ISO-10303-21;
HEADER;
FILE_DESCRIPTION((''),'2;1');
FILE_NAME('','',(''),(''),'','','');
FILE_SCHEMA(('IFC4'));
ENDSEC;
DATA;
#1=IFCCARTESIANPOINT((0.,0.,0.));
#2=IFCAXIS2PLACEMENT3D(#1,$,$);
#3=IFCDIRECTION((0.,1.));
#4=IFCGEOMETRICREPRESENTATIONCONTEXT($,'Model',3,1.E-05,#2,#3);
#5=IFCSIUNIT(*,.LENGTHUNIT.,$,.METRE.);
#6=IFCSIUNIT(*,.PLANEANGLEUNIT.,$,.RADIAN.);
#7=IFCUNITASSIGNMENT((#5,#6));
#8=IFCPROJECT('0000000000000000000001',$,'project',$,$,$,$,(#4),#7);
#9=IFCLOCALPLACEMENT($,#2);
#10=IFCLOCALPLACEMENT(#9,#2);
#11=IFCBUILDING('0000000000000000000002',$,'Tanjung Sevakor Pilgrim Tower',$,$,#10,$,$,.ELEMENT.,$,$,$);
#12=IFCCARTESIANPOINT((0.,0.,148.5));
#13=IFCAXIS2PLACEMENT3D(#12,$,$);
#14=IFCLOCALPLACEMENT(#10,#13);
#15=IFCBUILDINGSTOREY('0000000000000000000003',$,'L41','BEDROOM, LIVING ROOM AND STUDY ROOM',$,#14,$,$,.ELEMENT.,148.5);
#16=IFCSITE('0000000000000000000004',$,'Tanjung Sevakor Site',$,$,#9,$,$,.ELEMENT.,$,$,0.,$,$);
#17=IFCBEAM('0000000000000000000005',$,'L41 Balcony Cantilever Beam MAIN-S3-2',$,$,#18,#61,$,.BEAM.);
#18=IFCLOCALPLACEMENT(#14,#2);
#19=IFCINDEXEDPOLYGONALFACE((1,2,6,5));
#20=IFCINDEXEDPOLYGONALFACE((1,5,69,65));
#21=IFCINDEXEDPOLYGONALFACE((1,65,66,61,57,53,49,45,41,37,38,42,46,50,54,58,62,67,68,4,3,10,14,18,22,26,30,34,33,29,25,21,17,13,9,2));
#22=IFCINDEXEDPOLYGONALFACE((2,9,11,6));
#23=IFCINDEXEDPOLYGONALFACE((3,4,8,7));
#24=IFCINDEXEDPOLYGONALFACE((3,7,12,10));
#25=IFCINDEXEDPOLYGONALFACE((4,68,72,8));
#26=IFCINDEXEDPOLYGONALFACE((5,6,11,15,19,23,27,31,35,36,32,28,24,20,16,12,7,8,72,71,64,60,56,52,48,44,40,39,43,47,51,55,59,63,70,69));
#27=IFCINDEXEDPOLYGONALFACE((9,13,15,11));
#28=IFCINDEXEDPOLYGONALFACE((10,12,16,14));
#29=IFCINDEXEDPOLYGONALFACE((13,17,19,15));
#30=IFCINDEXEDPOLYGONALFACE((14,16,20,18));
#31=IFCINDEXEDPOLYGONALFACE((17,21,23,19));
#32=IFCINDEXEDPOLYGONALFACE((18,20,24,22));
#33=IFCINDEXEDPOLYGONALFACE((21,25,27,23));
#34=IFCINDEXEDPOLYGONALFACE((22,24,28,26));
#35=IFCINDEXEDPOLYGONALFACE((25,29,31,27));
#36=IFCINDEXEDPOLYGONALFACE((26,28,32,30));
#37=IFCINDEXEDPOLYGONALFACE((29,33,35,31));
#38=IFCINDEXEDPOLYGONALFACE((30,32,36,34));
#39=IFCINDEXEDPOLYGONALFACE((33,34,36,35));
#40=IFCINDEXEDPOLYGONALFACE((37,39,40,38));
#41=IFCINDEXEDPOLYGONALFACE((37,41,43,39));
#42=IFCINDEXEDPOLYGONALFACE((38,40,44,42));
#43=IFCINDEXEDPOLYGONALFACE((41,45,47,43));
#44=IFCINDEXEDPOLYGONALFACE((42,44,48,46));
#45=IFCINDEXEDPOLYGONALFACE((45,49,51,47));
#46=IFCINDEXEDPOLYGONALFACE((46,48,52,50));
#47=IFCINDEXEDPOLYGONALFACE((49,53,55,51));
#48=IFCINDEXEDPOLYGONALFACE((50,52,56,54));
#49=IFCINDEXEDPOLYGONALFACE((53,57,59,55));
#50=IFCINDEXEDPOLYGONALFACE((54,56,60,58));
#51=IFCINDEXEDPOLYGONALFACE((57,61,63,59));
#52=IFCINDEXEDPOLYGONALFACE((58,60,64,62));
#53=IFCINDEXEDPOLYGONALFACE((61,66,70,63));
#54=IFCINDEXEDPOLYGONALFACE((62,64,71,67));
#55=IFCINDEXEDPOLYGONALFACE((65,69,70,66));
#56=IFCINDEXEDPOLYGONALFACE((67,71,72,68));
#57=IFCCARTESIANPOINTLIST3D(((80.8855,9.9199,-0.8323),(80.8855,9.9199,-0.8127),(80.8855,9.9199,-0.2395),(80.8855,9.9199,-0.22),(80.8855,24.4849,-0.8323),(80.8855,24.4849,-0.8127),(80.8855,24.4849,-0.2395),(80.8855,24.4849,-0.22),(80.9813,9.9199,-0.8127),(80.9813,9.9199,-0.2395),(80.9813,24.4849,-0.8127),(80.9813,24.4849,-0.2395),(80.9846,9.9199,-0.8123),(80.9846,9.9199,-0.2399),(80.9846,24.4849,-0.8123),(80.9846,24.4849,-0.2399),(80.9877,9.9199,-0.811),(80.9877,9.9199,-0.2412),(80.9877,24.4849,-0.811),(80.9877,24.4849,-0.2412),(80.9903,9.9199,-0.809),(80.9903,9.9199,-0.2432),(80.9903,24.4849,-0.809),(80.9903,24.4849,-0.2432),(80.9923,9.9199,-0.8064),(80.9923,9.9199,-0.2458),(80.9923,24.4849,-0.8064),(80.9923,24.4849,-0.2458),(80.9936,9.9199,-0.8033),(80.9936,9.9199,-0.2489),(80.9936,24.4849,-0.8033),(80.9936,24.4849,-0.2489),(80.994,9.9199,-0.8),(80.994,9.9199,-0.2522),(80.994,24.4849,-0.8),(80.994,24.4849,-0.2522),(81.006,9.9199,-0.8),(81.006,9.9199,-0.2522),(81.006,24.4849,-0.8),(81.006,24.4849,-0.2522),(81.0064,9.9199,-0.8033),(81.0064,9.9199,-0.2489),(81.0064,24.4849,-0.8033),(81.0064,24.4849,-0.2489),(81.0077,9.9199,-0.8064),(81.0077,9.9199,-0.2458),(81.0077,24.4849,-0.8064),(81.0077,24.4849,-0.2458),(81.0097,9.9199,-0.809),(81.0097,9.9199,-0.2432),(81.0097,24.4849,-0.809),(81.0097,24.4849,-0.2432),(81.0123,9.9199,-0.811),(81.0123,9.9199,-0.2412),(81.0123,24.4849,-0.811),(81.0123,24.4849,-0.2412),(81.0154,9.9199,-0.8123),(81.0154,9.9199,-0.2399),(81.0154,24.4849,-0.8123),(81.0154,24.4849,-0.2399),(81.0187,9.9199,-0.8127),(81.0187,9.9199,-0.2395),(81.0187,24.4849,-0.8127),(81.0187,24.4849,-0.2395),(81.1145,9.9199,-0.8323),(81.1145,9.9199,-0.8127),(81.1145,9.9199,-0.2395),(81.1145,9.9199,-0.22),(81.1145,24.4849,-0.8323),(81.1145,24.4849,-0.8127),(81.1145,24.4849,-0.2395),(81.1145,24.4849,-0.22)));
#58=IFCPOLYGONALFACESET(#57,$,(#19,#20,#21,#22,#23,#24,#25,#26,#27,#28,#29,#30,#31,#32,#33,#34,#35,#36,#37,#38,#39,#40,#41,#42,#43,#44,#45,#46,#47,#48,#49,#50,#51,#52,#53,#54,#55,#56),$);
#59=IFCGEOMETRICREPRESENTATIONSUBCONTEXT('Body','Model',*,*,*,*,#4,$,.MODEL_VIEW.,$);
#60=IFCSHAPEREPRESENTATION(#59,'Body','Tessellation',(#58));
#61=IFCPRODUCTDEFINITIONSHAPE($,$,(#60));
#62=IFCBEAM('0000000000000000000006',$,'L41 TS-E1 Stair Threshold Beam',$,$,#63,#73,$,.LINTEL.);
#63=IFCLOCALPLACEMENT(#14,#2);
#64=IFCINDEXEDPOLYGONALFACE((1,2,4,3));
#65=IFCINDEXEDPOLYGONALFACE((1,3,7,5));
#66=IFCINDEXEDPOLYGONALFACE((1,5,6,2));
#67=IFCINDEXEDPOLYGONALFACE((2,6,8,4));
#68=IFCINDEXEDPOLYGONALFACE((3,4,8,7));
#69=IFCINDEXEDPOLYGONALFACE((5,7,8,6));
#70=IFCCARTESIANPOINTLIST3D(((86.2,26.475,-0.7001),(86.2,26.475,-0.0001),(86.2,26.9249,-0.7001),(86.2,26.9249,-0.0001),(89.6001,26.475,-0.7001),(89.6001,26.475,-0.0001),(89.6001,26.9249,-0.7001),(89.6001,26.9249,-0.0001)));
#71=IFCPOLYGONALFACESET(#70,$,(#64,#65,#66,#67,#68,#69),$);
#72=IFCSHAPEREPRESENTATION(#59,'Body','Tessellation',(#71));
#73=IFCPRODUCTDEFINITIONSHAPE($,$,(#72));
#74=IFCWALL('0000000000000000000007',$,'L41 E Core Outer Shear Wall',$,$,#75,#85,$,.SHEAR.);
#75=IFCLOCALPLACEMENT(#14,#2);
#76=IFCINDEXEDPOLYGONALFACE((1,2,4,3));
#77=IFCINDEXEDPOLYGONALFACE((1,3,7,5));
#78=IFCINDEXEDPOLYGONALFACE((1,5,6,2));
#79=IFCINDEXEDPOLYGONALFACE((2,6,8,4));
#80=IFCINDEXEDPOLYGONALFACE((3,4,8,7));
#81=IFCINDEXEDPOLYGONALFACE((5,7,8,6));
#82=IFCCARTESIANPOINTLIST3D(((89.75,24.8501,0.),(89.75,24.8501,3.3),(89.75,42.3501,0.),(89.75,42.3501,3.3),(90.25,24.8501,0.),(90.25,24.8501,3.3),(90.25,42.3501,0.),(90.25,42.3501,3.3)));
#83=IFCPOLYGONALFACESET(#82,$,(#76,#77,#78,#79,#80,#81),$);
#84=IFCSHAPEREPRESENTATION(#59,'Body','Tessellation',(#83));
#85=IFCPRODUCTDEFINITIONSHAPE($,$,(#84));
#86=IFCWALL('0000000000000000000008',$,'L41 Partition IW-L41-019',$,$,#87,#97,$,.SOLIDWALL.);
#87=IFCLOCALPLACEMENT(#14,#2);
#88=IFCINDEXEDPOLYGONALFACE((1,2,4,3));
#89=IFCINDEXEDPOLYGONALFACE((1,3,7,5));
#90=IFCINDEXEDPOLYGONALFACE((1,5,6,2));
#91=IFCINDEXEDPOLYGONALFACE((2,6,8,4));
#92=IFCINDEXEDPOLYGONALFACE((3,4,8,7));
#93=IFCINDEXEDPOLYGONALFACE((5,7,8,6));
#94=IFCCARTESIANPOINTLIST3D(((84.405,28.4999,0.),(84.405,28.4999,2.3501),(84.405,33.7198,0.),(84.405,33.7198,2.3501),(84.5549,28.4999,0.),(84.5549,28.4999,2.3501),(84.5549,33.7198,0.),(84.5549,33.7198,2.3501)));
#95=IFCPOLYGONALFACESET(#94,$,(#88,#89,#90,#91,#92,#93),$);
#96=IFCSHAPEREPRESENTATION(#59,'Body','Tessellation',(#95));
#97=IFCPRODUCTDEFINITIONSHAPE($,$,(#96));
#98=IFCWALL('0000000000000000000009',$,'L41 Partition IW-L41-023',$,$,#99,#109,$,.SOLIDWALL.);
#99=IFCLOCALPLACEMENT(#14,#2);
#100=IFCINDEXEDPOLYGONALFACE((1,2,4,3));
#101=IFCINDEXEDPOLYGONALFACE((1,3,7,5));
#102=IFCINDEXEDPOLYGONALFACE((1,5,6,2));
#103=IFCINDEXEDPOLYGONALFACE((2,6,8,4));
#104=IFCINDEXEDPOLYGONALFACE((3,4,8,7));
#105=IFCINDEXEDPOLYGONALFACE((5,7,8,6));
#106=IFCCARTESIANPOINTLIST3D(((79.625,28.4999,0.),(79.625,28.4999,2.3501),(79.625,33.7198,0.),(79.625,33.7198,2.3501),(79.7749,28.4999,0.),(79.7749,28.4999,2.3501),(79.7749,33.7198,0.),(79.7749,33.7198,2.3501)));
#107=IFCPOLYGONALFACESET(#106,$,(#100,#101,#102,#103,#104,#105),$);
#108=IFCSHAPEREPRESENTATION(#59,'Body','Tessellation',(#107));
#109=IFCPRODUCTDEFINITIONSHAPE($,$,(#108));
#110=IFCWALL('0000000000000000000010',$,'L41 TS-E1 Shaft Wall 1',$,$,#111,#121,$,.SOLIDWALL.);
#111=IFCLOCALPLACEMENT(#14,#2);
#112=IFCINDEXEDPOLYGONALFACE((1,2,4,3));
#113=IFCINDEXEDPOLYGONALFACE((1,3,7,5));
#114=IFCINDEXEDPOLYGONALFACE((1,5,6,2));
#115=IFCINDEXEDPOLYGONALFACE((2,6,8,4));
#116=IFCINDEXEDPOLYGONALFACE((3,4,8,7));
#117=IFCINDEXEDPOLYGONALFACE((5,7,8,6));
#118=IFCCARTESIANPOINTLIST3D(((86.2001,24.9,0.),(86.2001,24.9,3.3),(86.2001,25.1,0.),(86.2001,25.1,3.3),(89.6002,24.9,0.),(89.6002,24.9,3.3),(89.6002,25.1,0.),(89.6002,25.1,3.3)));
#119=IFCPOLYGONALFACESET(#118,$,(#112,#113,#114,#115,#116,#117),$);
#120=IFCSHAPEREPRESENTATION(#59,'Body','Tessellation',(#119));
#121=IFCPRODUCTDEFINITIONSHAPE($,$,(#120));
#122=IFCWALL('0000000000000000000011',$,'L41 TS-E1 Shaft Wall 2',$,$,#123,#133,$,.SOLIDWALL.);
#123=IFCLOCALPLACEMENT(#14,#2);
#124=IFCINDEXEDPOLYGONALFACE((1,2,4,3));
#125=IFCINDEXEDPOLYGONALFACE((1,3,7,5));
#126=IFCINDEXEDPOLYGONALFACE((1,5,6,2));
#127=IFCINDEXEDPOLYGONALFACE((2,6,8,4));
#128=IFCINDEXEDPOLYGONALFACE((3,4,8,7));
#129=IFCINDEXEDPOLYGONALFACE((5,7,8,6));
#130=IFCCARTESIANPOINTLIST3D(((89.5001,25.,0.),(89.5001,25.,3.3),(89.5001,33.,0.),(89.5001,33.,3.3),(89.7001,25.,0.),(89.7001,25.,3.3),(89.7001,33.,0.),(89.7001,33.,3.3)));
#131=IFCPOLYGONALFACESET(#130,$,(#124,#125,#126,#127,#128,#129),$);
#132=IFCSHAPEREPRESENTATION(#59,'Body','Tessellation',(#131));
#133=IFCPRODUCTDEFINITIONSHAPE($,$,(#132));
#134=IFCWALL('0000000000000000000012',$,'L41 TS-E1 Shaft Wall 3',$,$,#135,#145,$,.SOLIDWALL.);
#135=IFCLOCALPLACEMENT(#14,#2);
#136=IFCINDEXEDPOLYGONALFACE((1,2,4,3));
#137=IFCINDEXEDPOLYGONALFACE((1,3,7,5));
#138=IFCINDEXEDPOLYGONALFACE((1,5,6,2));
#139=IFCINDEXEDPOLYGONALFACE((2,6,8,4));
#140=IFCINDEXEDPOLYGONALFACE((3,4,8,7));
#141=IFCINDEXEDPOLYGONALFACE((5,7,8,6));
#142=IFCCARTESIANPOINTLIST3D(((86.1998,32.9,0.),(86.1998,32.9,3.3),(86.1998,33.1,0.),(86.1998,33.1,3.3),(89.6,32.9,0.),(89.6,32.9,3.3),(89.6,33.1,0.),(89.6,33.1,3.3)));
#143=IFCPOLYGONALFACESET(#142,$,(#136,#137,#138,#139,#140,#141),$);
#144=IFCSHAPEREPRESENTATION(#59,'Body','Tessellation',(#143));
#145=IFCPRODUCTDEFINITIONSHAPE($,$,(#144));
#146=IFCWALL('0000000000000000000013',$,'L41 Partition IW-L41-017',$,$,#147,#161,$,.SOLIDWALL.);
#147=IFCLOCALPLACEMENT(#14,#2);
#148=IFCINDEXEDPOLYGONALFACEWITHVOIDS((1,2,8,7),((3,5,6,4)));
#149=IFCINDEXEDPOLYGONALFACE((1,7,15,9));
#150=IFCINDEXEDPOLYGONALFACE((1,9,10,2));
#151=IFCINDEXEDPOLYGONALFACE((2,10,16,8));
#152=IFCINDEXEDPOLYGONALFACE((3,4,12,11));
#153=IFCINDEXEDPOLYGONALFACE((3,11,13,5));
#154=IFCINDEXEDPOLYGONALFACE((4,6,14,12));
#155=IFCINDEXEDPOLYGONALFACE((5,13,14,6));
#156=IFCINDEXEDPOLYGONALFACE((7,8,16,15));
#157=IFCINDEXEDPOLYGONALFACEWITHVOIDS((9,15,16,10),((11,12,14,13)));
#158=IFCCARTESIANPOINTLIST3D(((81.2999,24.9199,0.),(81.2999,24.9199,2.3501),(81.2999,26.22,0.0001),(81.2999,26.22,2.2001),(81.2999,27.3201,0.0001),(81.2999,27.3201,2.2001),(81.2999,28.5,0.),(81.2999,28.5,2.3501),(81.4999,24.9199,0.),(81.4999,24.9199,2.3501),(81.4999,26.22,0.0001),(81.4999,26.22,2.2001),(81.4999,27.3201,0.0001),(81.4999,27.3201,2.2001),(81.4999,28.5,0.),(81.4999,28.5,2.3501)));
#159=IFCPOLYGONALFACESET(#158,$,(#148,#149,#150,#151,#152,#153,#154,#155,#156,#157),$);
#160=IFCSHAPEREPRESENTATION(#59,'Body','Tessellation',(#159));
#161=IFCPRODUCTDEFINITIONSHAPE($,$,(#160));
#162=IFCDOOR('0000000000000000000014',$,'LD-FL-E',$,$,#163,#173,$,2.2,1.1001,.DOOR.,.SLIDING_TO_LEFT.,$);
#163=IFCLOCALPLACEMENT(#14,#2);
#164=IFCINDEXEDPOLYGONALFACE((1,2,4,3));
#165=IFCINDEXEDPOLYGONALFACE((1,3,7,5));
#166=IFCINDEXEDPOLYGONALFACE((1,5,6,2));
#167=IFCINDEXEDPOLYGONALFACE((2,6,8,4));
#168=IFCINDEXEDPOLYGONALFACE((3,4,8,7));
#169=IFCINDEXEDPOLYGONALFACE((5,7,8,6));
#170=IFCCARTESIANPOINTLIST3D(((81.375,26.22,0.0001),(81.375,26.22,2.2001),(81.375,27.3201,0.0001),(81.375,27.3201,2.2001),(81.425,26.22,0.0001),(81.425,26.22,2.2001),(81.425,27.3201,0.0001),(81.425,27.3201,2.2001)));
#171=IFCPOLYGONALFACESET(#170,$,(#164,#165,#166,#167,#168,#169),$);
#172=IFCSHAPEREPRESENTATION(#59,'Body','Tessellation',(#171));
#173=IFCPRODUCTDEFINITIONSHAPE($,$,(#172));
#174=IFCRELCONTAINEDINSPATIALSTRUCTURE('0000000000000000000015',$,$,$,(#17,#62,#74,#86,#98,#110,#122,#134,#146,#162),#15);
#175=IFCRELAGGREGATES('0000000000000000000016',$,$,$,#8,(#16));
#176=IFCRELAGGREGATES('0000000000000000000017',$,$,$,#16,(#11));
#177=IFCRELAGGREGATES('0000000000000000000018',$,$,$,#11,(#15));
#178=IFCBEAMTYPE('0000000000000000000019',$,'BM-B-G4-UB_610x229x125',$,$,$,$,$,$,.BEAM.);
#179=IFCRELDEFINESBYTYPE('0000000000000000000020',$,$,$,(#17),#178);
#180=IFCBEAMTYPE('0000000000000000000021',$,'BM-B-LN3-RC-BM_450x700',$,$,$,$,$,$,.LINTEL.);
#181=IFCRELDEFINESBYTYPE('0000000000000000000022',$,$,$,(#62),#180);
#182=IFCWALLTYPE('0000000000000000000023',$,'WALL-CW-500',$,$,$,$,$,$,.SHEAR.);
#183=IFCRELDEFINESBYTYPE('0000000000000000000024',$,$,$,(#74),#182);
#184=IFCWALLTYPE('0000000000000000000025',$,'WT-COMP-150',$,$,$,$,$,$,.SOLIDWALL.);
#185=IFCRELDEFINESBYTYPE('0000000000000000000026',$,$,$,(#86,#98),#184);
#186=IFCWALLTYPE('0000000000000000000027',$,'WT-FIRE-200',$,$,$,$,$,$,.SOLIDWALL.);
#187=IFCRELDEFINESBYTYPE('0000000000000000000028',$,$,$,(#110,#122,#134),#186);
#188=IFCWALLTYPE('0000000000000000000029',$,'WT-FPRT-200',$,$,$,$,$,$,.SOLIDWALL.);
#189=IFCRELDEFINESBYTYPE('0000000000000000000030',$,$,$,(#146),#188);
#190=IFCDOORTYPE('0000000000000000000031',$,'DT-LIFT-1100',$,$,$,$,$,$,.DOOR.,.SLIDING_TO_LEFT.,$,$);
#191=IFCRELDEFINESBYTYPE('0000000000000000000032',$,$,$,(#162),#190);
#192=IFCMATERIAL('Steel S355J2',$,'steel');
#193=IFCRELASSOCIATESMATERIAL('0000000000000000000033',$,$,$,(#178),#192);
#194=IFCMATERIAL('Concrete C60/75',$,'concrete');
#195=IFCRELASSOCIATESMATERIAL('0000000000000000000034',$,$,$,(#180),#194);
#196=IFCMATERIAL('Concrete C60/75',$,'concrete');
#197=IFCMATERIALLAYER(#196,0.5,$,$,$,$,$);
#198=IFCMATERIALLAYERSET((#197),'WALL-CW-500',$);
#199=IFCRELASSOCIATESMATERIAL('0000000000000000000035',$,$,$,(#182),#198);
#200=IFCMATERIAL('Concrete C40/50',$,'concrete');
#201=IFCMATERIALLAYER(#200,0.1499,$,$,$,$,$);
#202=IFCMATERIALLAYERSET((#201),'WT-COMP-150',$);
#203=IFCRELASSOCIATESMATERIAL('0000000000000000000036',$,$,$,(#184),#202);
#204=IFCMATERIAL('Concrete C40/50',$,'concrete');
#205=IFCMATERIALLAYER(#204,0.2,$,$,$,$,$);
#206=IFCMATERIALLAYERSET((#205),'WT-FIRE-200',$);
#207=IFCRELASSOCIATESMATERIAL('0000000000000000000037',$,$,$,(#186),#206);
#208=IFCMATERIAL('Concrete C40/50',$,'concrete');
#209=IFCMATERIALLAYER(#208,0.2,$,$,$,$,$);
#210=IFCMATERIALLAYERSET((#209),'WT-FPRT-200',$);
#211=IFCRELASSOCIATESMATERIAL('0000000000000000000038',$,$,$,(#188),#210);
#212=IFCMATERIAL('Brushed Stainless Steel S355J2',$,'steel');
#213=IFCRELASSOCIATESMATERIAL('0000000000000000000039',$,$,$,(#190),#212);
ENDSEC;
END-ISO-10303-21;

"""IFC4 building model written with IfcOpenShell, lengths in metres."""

from ifc_helpers import new_model, si_unit, direction, frame, frame_2d, origin, origin_2d, place, context, subcontext, project, spatial, rectangle, i_section, extrude, material, layer, layer_set, material_profile, profile_set, type_object, element, fill, save


model = new_model("IFC4")

# Units and contexts
model_context = context("Model", 3, precision=1e-05, world=origin(), true_north=direction((0.0, 1.0)))
body_context = subcontext(model_context, "Body", "Model", "MODEL_VIEW")
ifc_project = project(units=[si_unit("LENGTHUNIT", "METRE"), si_unit("PLANEANGLEUNIT", "RADIAN")], contexts=[model_context])

# Site, building, storey
site_placement = place(None, origin())
site = spatial("IfcSite", under=ifc_project, at=site_placement, Name="Tanjung Sevakor Site", CompositionType="ELEMENT", RefElevation=0.0)
building_placement = place(site_placement, origin())
building = spatial("IfcBuilding", under=site, at=building_placement, Name="Tanjung Sevakor Pilgrim Tower", CompositionType="ELEMENT")
storey_placement = place(building_placement, frame((0.0, 0.0, 148.5)))
storey = spatial("IfcBuildingStorey", under=building, at=storey_placement, Name="L41", Description="BEDROOM, LIVING ROOM AND STUDY ROOM", CompositionType="ELEMENT", Elevation=148.5)

# Beams
ifc_material_1 = material(Name="Steel S355J2", Category="steel")
ifc_material_profile_1 = material_profile(ifc_material_1, i_section(OverallWidth=0.229, OverallDepth=0.6123, WebThickness=0.012, FlangeThickness=0.0195, FilletRadius=0.0127, at=origin_2d()))
ifc_profile_set_1 = profile_set([ifc_material_profile_1], Name="Steel S355J2")
beam_type_1 = type_object("IfcBeamType", Name="BM-B-G4-UB_610x229x125", PredefinedType="BEAM", material=ifc_profile_set_1)
beam_1_placement = place(storey_placement, frame((81.0, 24.4849, -0.5261), z_axis=(0.0, -1.0, 0.0), x_axis=(1.0, 0.0, 0.0)))
element("IfcBeam", 1, at=beam_1_placement, inside=storey, type_object=beam_type_1, Name="L41 Balcony Cantilever Beam MAIN-S3-2", PredefinedType="BEAM", context=body_context, shape_type="SweptSolid", body=[
    extrude(i_section(OverallWidth=0.229, OverallDepth=0.6123, WebThickness=0.012, FlangeThickness=0.0195, FilletRadius=0.0127, at=origin_2d()), origin(), (0.0, 0.0, 1.0), 14.5649),
])
ifc_material_2 = material(Name="Concrete C60/75", Category="concrete")
ifc_material_profile_2 = material_profile(ifc_material_2, rectangle(XDim=0.45, YDim=0.7, at=origin_2d()))
ifc_profile_set_2 = profile_set([ifc_material_profile_2], Name="Concrete C60/75")
beam_type_2 = type_object("IfcBeamType", Name="BM-B-LN3-RC-BM_450x700", PredefinedType="LINTEL", material=ifc_profile_set_2)
beam_2_placement = place(storey_placement, frame((86.2, 26.7, -0.3501), z_axis=(1.0, 0.0, 0.0), x_axis=(0.0, 1.0, 0.0)))
element("IfcBeam", 2, at=beam_2_placement, inside=storey, type_object=beam_type_2, Name="L41 TS-E1 Stair Threshold Beam", PredefinedType="LINTEL", context=body_context, shape_type="SweptSolid", body=[
    extrude(rectangle(XDim=0.45, YDim=0.7, at=origin_2d()), origin(), (0.0, 0.0, 1.0), 3.4001),
])

# Wall
ifc_material_3 = material(Name="Concrete C60/75", Category="concrete")
ifc_layer_1 = layer(ifc_material_3, 0.5)
ifc_layer_set_1 = layer_set([ifc_layer_1], Name="WALL-CW-500")
wall_type_1 = type_object("IfcWallType", Name="WALL-CW-500", PredefinedType="SHEAR", material=ifc_layer_set_1)
wall_1_placement = place(storey_placement, frame((90.0, 24.8501, 0.0), z_axis=(0.0, 0.0, 1.0), x_axis=(0.0, 1.0, 0.0)))
element("IfcWall", 3, at=wall_1_placement, inside=storey, type_object=wall_type_1, Name="L41 E Core Outer Shear Wall", PredefinedType="SHEAR", context=body_context, shape_type="SweptSolid", body=[
    extrude(rectangle(XDim=17.5, YDim=0.5, at=frame_2d((8.75, 0.0))), origin(), (0.0, 0.0, 1.0), 3.3),
])

# Wall
ifc_material_4 = material(Name="Concrete C40/50", Category="concrete")
ifc_layer_2 = layer(ifc_material_4, 0.1499)
ifc_layer_set_2 = layer_set([ifc_layer_2], Name="WT-COMP-150")
wall_type_2 = type_object("IfcWallType", Name="WT-COMP-150", PredefinedType="SOLIDWALL", material=ifc_layer_set_2)
wall_2_placement = place(storey_placement, frame((84.48, 28.5, 0.0), z_axis=(0.0, 0.0, 1.0), x_axis=(0.0, 1.0, 0.0)))
element("IfcWall", 4, at=wall_2_placement, inside=storey, type_object=wall_type_2, Name="L41 Partition IW-L41-019", PredefinedType="SOLIDWALL", context=body_context, shape_type="SweptSolid", body=[
    extrude(rectangle(XDim=5.22, YDim=0.1499, at=frame_2d((2.6099, 0.0))), origin(), (0.0, 0.0, 1.0), 2.3501),
])

# Wall
wall_3_placement = place(storey_placement, frame((79.7, 28.5, 0.0), z_axis=(0.0, 0.0, 1.0), x_axis=(0.0, 1.0, 0.0)))
element("IfcWall", 5, at=wall_3_placement, inside=storey, type_object=wall_type_2, Name="L41 Partition IW-L41-023", PredefinedType="SOLIDWALL", context=body_context, shape_type="SweptSolid", body=[
    extrude(rectangle(XDim=5.22, YDim=0.1499, at=frame_2d((2.6099, 0.0))), origin(), (0.0, 0.0, 1.0), 2.3501),
])

# Walls
ifc_material_5 = material(Name="Concrete C40/50", Category="concrete")
ifc_layer_3 = layer(ifc_material_5, 0.2)
ifc_layer_set_3 = layer_set([ifc_layer_3], Name="WT-FIRE-200")
wall_type_3 = type_object("IfcWallType", Name="WT-FIRE-200", PredefinedType="SOLIDWALL", material=ifc_layer_set_3)
wall_4_placement = place(storey_placement, frame((86.2, 25.0, 0.0), z_axis=(0.0, 0.0, 1.0), x_axis=(1.0, 0.0, 0.0)))
element("IfcWall", 6, at=wall_4_placement, inside=storey, type_object=wall_type_3, Name="L41 TS-E1 Shaft Wall 1", PredefinedType="SOLIDWALL", context=body_context, shape_type="SweptSolid", body=[
    extrude(rectangle(XDim=3.4001, YDim=0.2, at=frame_2d((1.7002, 0.0))), origin(), (0.0, 0.0, 1.0), 3.3),
])
wall_5_placement = place(storey_placement, frame((89.6001, 25.0, 0.0), z_axis=(0.0, 0.0, 1.0), x_axis=(0.0, 1.0, 0.0)))
element("IfcWall", 7, at=wall_5_placement, inside=storey, type_object=wall_type_3, Name="L41 TS-E1 Shaft Wall 2", PredefinedType="SOLIDWALL", context=body_context, shape_type="SweptSolid", body=[
    extrude(rectangle(XDim=8.0, YDim=0.2, at=frame_2d((4.0, 0.0))), origin(), (0.0, 0.0, 1.0), 3.3),
])
wall_6_placement = place(storey_placement, frame((89.6001, 33.0, 0.0), z_axis=(0.0, 0.0, 1.0), x_axis=(-1.0, 0.0, 0.0)))
element("IfcWall", 8, at=wall_6_placement, inside=storey, type_object=wall_type_3, Name="L41 TS-E1 Shaft Wall 3", PredefinedType="SOLIDWALL", context=body_context, shape_type="SweptSolid", body=[
    extrude(rectangle(XDim=3.4001, YDim=0.2, at=frame_2d((1.7002, 0.0))), origin(), (0.0, 0.0, 1.0), 3.3),
])

# Wall, opening, door
ifc_material_6 = material(Name="Concrete C40/50", Category="concrete")
ifc_layer_4 = layer(ifc_material_6, 0.2)
ifc_layer_set_4 = layer_set([ifc_layer_4], Name="WT-FPRT-200")
wall_type_4 = type_object("IfcWallType", Name="WT-FPRT-200", PredefinedType="SOLIDWALL", material=ifc_layer_set_4)
wall_7_placement = place(storey_placement, frame((81.3999, 24.9199, 0.0), z_axis=(0.0, 0.0, 1.0), x_axis=(0.0, 1.0, 0.0)))
wall_7 = element("IfcWall", 9, at=wall_7_placement, inside=storey, type_object=wall_type_4, Name="L41 Partition IW-L41-017", PredefinedType="SOLIDWALL", context=body_context, shape_type="SweptSolid", body=[
    extrude(rectangle(XDim=3.5801, YDim=0.2, at=frame_2d((1.79, 0.0))), origin(), (0.0, 0.0, 1.0), 2.3501),
])
opening_1_placement = place(wall_7_placement, frame((1.3, 0.0, 0.0)))
opening_1 = element("IfcOpeningElement", 10, at=opening_1_placement, cuts=wall_7, PredefinedType="OPENING", context=body_context, shape_type="SweptSolid", body=[
    extrude(rectangle(XDim=1.1001, YDim=2.2, at=frame_2d((0.55, 1.1001))), frame((0.0, 0.1099, 0.0), z_axis=(0.0, -1.0, 0.0), x_axis=(1.0, 0.0, 0.0)), (0.0, 0.0, 1.0), 0.22),
])
ifc_material_7 = material(Name="Brushed Stainless Steel S355J2", Category="steel")
door_type_1 = type_object("IfcDoorType", Name="DT-LIFT-1100", OperationType="SLIDING_TO_LEFT", PredefinedType="DOOR", material=ifc_material_7)
door_1_placement = place(opening_1_placement, origin())
door_1 = element("IfcDoor", 11, at=door_1_placement, inside=storey, type_object=door_type_1, Name="LD-FL-E", OperationType="SLIDING_TO_LEFT", OverallHeight=2.2, OverallWidth=1.1001, PredefinedType="DOOR", context=body_context, shape_type="SweptSolid", body=[
    extrude(rectangle(XDim=1.1001, YDim=2.2, at=frame_2d((0.55, 1.1001))), frame((0.0, 0.0249, 0.0), z_axis=(0.0, -1.0, 0.0), x_axis=(1.0, 0.0, 0.0)), (0.0, 0.0, 1.0), 0.05),
])
fill(opening_1, door_1)

save(model, "model.ifc")
